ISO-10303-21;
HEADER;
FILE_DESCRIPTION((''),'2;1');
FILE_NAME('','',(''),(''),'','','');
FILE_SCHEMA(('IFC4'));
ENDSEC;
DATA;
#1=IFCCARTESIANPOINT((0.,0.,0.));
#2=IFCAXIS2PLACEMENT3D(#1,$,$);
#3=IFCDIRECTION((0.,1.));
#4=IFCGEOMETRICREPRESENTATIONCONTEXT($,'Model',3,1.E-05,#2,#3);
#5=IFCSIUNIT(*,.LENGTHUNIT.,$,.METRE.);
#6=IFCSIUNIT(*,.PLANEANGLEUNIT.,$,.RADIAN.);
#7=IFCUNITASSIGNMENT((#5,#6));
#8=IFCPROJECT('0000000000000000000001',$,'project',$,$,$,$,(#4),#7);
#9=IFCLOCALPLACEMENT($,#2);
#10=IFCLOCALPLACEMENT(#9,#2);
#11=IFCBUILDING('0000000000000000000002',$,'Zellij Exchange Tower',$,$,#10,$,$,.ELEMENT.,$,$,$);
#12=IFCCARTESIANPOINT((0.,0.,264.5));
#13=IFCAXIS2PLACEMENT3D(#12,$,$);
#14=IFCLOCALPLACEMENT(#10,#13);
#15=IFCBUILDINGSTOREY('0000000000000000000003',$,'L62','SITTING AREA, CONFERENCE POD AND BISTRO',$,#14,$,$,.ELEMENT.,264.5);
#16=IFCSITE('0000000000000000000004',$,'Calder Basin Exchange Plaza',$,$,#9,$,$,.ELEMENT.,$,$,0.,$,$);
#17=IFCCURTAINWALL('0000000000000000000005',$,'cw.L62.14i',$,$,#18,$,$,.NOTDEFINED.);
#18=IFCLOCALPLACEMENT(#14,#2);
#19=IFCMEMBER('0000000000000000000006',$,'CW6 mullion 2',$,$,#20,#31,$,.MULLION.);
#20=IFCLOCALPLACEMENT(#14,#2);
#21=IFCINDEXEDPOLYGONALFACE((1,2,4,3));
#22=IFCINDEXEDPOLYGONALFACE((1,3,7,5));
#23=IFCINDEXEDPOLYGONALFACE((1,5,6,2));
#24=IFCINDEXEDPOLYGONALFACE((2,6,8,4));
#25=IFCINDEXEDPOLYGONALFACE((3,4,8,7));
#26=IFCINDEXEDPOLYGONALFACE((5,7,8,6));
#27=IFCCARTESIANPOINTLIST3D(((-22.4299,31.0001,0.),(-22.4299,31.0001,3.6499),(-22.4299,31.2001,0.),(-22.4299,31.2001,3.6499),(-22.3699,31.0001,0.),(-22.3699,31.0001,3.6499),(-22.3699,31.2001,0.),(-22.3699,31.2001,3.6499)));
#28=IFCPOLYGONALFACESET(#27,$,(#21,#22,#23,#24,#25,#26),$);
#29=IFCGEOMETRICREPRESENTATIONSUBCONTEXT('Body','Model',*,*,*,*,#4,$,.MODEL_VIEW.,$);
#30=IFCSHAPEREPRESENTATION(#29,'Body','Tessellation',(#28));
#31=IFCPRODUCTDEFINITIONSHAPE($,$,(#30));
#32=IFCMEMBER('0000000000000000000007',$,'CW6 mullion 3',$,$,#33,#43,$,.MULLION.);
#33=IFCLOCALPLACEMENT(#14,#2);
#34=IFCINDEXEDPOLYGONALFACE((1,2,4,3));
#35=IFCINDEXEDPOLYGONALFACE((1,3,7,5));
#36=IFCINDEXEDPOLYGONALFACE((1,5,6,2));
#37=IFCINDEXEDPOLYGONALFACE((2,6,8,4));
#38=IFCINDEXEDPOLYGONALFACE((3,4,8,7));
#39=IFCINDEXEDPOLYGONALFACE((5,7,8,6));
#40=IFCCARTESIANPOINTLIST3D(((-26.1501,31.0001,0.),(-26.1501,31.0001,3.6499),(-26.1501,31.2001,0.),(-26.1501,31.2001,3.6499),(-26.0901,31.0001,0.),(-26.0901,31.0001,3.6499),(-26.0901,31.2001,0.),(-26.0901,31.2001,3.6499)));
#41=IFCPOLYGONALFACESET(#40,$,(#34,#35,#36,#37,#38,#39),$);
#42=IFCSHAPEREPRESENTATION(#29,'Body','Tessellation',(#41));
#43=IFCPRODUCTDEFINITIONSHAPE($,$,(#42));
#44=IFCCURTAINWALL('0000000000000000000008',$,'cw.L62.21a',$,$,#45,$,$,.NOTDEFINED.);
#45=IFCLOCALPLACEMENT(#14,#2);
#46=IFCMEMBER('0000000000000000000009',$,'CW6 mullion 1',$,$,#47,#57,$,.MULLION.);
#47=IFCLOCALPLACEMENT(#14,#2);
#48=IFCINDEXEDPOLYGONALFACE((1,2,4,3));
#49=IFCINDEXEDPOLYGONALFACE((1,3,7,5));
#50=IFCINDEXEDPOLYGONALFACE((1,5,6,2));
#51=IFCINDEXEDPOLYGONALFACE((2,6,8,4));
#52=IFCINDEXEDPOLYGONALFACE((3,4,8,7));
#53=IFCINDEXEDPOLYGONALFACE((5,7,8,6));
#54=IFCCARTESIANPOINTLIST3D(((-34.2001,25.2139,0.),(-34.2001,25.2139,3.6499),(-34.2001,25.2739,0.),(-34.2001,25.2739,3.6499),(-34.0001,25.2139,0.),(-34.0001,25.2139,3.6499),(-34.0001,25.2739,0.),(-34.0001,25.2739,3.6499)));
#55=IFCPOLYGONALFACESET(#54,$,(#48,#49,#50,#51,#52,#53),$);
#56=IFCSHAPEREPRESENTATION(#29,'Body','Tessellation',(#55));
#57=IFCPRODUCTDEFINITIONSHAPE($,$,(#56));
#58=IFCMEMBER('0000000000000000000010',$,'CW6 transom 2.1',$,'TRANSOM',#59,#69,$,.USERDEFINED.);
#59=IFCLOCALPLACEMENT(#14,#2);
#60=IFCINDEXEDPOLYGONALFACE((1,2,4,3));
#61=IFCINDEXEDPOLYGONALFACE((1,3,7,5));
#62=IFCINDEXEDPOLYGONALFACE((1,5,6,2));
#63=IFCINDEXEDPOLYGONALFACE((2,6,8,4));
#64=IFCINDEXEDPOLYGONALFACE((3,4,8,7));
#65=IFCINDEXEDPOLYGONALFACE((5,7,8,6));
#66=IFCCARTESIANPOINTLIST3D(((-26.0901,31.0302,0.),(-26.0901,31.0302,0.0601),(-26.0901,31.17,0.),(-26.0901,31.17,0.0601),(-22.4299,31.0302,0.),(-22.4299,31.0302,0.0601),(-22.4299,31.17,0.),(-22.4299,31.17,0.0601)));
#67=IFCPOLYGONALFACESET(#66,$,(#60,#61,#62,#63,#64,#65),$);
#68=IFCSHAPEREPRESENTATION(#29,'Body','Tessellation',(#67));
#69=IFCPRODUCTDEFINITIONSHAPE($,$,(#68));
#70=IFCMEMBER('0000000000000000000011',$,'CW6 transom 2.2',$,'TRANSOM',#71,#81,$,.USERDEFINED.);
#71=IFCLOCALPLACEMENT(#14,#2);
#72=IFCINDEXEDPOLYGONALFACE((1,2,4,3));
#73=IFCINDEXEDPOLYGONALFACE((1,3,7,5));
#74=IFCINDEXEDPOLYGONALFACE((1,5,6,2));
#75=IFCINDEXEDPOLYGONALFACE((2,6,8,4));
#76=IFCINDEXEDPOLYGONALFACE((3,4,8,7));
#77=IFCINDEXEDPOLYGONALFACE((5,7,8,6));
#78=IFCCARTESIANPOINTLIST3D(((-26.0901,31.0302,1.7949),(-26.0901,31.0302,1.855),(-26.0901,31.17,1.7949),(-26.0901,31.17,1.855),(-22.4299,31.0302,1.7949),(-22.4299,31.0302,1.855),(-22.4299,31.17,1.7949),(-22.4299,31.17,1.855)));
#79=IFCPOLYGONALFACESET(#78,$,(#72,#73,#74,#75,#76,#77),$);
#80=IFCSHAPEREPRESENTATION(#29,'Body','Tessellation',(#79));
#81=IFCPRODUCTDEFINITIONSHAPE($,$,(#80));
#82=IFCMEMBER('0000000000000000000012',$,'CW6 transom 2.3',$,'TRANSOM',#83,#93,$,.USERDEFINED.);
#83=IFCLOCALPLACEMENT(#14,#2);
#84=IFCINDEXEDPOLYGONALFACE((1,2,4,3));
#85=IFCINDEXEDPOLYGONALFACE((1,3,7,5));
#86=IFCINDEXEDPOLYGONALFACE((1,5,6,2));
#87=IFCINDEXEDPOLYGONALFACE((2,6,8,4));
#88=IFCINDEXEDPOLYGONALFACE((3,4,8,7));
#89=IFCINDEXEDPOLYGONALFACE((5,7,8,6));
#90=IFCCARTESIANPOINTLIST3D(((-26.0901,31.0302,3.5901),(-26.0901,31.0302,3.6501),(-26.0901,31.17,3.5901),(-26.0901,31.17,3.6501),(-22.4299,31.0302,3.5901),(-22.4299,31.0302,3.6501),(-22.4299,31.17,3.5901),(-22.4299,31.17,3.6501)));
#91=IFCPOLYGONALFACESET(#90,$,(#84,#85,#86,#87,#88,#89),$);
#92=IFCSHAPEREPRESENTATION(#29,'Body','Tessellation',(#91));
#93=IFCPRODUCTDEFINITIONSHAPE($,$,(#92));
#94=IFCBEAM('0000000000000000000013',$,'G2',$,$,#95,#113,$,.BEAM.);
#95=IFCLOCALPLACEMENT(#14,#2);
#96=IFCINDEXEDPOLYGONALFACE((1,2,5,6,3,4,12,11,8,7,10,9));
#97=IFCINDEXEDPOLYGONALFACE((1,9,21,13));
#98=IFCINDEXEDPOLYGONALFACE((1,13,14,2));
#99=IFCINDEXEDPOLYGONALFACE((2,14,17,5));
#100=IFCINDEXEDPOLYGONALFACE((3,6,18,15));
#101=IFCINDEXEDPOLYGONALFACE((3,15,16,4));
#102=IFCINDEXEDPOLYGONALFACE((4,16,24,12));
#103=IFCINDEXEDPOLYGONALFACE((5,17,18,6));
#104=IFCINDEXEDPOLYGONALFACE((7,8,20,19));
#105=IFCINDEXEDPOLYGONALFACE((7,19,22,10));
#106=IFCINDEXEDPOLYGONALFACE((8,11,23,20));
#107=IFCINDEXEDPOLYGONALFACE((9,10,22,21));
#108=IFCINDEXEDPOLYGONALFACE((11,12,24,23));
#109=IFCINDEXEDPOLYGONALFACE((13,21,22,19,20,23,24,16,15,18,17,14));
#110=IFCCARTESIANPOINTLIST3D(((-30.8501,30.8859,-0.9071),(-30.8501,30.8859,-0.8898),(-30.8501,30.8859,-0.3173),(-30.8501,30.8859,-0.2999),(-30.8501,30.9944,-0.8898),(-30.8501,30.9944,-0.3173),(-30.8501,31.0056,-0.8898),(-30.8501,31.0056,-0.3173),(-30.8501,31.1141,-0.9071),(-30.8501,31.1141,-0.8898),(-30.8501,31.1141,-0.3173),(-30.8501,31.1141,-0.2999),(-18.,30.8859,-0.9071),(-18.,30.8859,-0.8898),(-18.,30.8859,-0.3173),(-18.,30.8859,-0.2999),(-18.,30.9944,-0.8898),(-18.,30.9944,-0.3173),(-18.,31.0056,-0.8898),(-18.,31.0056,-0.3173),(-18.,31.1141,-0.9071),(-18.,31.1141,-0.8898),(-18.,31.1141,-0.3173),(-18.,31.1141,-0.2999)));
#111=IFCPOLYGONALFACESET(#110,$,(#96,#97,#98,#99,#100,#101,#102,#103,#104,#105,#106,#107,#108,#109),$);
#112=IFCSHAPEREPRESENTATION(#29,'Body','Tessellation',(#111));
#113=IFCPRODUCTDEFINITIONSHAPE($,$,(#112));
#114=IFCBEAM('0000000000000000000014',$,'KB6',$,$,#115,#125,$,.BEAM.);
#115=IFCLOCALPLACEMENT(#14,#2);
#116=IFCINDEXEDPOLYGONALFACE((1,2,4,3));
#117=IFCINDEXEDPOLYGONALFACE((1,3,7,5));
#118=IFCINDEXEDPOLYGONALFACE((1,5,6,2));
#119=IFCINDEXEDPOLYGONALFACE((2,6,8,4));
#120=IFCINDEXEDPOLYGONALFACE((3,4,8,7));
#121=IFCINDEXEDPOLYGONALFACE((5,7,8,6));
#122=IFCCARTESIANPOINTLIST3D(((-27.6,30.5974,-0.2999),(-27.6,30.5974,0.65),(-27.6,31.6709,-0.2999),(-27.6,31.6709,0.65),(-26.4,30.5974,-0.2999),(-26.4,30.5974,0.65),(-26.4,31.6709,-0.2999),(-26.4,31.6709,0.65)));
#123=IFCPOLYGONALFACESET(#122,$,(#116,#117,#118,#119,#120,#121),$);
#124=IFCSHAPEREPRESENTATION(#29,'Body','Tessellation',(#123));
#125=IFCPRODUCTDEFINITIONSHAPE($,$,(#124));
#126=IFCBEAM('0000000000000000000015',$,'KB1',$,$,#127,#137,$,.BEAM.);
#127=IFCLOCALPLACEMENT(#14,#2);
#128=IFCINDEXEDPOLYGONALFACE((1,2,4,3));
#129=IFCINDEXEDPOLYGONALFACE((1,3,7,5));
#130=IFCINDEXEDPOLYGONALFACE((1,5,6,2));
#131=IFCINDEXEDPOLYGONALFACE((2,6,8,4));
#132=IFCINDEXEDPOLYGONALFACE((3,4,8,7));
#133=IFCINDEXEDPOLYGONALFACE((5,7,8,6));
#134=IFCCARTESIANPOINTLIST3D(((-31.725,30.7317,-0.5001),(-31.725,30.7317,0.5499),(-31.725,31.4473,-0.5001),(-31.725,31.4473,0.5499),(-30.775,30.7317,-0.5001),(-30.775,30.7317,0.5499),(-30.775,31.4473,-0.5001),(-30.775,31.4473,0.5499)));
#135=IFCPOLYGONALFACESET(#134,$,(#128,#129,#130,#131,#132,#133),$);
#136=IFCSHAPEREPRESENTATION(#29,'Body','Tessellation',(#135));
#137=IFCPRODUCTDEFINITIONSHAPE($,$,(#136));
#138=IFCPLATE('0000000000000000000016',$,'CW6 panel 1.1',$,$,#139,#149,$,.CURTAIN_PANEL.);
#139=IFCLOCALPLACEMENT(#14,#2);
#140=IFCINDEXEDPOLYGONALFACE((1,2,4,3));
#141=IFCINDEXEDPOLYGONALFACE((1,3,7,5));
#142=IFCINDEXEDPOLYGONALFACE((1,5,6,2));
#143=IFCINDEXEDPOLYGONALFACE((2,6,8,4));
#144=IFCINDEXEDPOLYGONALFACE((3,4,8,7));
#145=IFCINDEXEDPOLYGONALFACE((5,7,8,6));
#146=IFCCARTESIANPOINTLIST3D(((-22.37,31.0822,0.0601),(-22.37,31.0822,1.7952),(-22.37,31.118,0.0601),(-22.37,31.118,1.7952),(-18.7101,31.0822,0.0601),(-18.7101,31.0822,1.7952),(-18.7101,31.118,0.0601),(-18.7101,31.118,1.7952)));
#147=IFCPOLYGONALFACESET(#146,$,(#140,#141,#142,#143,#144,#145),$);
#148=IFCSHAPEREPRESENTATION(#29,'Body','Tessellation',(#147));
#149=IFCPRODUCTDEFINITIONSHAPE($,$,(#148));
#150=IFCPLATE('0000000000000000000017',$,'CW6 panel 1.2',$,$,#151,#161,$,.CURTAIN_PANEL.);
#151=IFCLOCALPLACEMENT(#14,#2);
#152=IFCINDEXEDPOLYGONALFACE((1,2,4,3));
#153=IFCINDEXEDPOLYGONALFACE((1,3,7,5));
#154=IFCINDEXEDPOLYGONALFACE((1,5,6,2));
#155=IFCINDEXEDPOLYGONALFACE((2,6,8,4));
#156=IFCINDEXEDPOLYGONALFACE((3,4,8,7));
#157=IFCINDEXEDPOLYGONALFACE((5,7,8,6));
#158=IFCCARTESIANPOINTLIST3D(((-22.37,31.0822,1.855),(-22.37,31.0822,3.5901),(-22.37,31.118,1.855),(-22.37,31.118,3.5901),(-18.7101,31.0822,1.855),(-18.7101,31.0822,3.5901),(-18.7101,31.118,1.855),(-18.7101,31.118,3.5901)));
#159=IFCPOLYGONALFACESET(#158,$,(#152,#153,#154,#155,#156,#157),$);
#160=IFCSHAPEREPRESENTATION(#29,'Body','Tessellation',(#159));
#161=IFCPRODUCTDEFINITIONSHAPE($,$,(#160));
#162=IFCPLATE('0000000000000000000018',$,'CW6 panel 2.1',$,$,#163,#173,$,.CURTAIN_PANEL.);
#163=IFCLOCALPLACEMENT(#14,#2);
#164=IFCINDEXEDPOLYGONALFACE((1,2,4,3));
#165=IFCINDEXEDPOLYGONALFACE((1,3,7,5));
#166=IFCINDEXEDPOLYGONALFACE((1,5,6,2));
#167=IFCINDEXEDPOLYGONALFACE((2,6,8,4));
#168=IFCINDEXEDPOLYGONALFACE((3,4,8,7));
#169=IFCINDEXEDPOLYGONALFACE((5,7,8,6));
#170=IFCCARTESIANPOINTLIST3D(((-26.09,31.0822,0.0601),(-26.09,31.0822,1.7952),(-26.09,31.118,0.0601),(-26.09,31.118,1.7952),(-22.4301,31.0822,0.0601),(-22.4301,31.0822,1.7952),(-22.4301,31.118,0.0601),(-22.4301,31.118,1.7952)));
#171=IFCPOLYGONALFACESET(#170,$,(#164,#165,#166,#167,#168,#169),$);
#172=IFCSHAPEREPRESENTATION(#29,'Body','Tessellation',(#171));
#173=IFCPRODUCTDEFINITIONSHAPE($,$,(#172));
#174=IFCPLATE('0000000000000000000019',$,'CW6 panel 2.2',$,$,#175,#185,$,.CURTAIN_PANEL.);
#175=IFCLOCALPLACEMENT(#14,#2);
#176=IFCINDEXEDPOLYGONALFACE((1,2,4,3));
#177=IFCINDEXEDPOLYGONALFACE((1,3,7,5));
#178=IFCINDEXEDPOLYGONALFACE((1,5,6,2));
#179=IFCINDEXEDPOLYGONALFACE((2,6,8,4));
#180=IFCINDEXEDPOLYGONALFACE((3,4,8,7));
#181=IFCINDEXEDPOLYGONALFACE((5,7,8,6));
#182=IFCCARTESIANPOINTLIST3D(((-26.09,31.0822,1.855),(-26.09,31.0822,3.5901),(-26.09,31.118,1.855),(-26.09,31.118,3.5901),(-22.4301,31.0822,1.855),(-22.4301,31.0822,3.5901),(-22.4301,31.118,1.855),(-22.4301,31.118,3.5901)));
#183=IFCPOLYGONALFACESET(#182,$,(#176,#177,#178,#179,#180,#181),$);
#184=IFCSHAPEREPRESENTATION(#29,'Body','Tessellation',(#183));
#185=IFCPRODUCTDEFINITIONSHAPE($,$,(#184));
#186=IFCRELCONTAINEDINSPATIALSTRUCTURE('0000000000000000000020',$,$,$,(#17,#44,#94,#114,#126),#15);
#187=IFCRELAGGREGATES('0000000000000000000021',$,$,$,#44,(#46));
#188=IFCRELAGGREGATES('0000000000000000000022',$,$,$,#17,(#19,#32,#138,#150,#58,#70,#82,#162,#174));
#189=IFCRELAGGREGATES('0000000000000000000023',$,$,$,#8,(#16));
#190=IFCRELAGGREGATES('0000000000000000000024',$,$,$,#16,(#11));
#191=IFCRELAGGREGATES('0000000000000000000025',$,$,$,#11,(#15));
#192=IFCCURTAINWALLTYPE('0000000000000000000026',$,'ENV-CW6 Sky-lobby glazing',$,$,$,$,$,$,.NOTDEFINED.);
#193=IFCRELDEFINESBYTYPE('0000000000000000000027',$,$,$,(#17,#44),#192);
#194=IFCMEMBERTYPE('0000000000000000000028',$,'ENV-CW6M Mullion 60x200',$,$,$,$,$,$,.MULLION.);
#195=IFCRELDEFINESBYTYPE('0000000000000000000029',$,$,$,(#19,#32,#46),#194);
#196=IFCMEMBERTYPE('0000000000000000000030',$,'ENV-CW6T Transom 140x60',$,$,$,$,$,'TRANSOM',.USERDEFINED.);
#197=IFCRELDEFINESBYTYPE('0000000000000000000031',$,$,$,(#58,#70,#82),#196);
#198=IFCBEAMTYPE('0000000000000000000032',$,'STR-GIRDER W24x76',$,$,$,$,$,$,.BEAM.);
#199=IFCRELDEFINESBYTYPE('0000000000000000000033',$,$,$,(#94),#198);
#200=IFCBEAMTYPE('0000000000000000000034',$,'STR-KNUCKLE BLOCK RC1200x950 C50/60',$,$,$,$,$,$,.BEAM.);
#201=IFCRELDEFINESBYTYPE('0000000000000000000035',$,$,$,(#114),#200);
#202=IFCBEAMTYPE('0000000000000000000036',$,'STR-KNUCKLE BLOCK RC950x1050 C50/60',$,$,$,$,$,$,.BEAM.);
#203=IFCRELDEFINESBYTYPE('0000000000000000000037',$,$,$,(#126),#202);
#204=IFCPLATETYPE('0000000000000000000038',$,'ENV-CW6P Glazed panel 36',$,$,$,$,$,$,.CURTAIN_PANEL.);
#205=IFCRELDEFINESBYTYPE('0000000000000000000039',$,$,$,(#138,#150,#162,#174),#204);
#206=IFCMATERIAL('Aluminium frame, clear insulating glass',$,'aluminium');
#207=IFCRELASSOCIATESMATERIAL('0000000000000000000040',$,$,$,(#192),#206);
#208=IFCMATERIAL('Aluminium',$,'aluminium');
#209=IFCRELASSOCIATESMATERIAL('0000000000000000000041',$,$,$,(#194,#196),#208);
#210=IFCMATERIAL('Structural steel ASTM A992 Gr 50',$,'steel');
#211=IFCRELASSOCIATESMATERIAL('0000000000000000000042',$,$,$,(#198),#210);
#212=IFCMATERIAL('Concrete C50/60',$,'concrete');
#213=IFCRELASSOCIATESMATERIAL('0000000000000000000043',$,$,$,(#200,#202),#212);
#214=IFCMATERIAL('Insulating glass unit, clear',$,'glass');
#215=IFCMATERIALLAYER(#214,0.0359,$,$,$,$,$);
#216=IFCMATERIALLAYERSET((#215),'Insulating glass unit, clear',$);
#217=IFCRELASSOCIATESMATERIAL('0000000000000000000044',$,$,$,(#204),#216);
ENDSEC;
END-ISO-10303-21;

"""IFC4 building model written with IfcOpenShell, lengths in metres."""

from ifc_helpers import new_model, si_unit, direction, frame, origin, origin_2d, place, context, subcontext, project, spatial, rectangle, i_section, extrude, material, layer, layer_set, material_profile, profile_set, type_object, element, aggregate, save


model = new_model("IFC4")

# Units and contexts
model_context = context("Model", 3, precision=1e-05, world=origin(), true_north=direction((0.0, 1.0)))
body_context = subcontext(model_context, "Body", "Model", "MODEL_VIEW")
ifc_project = project(units=[si_unit("LENGTHUNIT", "METRE"), si_unit("PLANEANGLEUNIT", "RADIAN")], contexts=[model_context])

# Site, building, storey
site_placement = place(None, origin())
site = spatial("IfcSite", under=ifc_project, at=site_placement, Name="Calder Basin Exchange Plaza", CompositionType="ELEMENT", RefElevation=0.0)
building_placement = place(site_placement, origin())
building = spatial("IfcBuilding", under=site, at=building_placement, Name="Zellij Exchange Tower", CompositionType="ELEMENT")
storey_placement = place(building_placement, frame((0.0, 0.0, 264.5)))
storey = spatial("IfcBuildingStorey", under=building, at=storey_placement, Name="L62", Description="SITTING AREA, CONFERENCE POD AND BISTRO", CompositionType="ELEMENT", Elevation=264.5)

# Shared definitions
ifc_material_1 = material(Name="Concrete C50/60", Category="concrete")

# Curtain wall, members
ifc_material_2 = material(Name="Aluminium frame, clear insulating glass", Category="aluminium")
curtain_wall_type = type_object("IfcCurtainWallType", Name="ENV-CW6 Sky-lobby glazing", PredefinedType="NOTDEFINED", material=ifc_material_2)
curtain_wall_1_placement = place(storey_placement, origin())
curtain_wall_1 = element("IfcCurtainWall", 1, at=curtain_wall_1_placement, inside=storey, type_object=curtain_wall_type, Name="cw.L62.14i", PredefinedType="NOTDEFINED")
ifc_material_3 = material(Name="Aluminium", Category="aluminium")
ifc_material_profile_1 = material_profile(ifc_material_3, rectangle(XDim=0.0601, YDim=0.2, at=origin_2d()), Name="AL 60x200")
ifc_profile_set_1 = profile_set([ifc_material_profile_1], Name="Aluminium")
member_type_1 = type_object("IfcMemberType", Name="ENV-CW6M Mullion 60x200", PredefinedType="MULLION", material=ifc_profile_set_1)
member_1_placement = place(storey_placement, frame((-22.3999, 31.1001, 0.0), z_axis=(0.0, 0.0, 1.0), x_axis=(-1.0, 0.0, 0.0)))
member_1 = element("IfcMember", 2, at=member_1_placement, type_object=member_type_1, Name="CW6 mullion 2", PredefinedType="MULLION", context=body_context, shape_type="SweptSolid", body=[
    extrude(rectangle(XDim=0.0601, YDim=0.2, at=origin_2d()), origin(), (0.0, 0.0, 1.0), 3.6499),
])
member_2_placement = place(storey_placement, frame((-26.1201, 31.1001, 0.0), z_axis=(0.0, 0.0, 1.0), x_axis=(-1.0, 0.0, 0.0)))
member_2 = element("IfcMember", 3, at=member_2_placement, type_object=member_type_1, Name="CW6 mullion 3", PredefinedType="MULLION", context=body_context, shape_type="SweptSolid", body=[
    extrude(rectangle(XDim=0.0601, YDim=0.2, at=origin_2d()), origin(), (0.0, 0.0, 1.0), 3.6499),
])

# Curtain wall, member
curtain_wall_2_placement = place(storey_placement, origin())
curtain_wall_2 = element("IfcCurtainWall", 4, at=curtain_wall_2_placement, inside=storey, type_object=curtain_wall_type, Name="cw.L62.21a", PredefinedType="NOTDEFINED")
member_3_placement = place(storey_placement, frame((-34.1001, 25.2439, 0.0), z_axis=(0.0, 0.0, 1.0), x_axis=(0.0, -1.0, 0.0)))
member_3 = element("IfcMember", 5, at=member_3_placement, type_object=member_type_1, Name="CW6 mullion 1", PredefinedType="MULLION", context=body_context, shape_type="SweptSolid", body=[
    extrude(rectangle(XDim=0.0601, YDim=0.2, at=origin_2d()), origin(), (0.0, 0.0, 1.0), 3.6499),
])
aggregate(curtain_wall_2, [member_3])

# Members
ifc_material_profile_2 = material_profile(ifc_material_3, rectangle(XDim=0.1399, YDim=0.0601, at=origin_2d()), Name="AL 140x60")
ifc_profile_set_2 = profile_set([ifc_material_profile_2], Name="Aluminium")
member_type_2 = type_object("IfcMemberType", Name="ENV-CW6T Transom 140x60", ElementType="TRANSOM", PredefinedType="USERDEFINED", material=ifc_profile_set_2)
member_4_placement = place(storey_placement, frame((-22.4299, 31.1001, 0.03), z_axis=(-1.0, 0.0, 0.0), x_axis=(0.0, -1.0, 0.0)))
member_4 = element("IfcMember", 6, at=member_4_placement, type_object=member_type_2, Name="CW6 transom 2.1", ObjectType="TRANSOM", PredefinedType="USERDEFINED", context=body_context, shape_type="SweptSolid", body=[
    extrude(rectangle(XDim=0.1399, YDim=0.0601, at=origin_2d()), origin(), (0.0, 0.0, 1.0), 3.6602),
])
member_5_placement = place(storey_placement, frame((-22.4299, 31.1001, 1.825), z_axis=(-1.0, 0.0, 0.0), x_axis=(0.0, -1.0, 0.0)))
member_5 = element("IfcMember", 7, at=member_5_placement, type_object=member_type_2, Name="CW6 transom 2.2", ObjectType="TRANSOM", PredefinedType="USERDEFINED", context=body_context, shape_type="SweptSolid", body=[
    extrude(rectangle(XDim=0.1399, YDim=0.0601, at=origin_2d()), origin(), (0.0, 0.0, 1.0), 3.6602),
])
member_6_placement = place(storey_placement, frame((-22.4299, 31.1001, 3.6201), z_axis=(-1.0, 0.0, 0.0), x_axis=(0.0, -1.0, 0.0)))
member_6 = element("IfcMember", 8, at=member_6_placement, type_object=member_type_2, Name="CW6 transom 2.3", ObjectType="TRANSOM", PredefinedType="USERDEFINED", context=body_context, shape_type="SweptSolid", body=[
    extrude(rectangle(XDim=0.1399, YDim=0.0601, at=origin_2d()), origin(), (0.0, 0.0, 1.0), 3.6602),
])

# Beams
ifc_material_4 = material(Name="Structural steel ASTM A992 Gr 50", Category="steel")
ifc_material_profile_3 = material_profile(ifc_material_4, i_section(OverallWidth=0.2283, OverallDepth=0.6072, WebThickness=0.0112, FlangeThickness=0.0173, at=origin_2d()), Name="W24x76")
ifc_profile_set_3 = profile_set([ifc_material_profile_3], Name="Structural steel ASTM A992 Gr 50")
beam_type_1 = type_object("IfcBeamType", Name="STR-GIRDER W24x76", PredefinedType="BEAM", material=ifc_profile_set_3)
beam_1_placement = place(storey_placement, frame((-30.8501, 31.0, -0.6035), z_axis=(1.0, 0.0, 0.0), x_axis=(0.0, 1.0, 0.0)))
element("IfcBeam", 9, at=beam_1_placement, inside=storey, type_object=beam_type_1, Name="G2", PredefinedType="BEAM", context=body_context, shape_type="SweptSolid", body=[
    extrude(i_section(OverallWidth=0.2283, OverallDepth=0.6072, WebThickness=0.0112, FlangeThickness=0.0173, at=origin_2d()), origin(), (0.0, 0.0, 1.0), 12.8501),
])
ifc_material_profile_4 = material_profile(ifc_material_1, rectangle(XDim=1.2, YDim=0.95, at=origin_2d()), Name="STR-KNUCKLE BLOCK RC1200x950 C50/60")
ifc_profile_set_4 = profile_set([ifc_material_profile_4], Name="Concrete C50/60")
beam_type_2 = type_object("IfcBeamType", Name="STR-KNUCKLE BLOCK RC1200x950 C50/60", PredefinedType="BEAM", material=ifc_profile_set_4)
beam_2_placement = place(storey_placement, frame((-27.0, 30.5974, 0.175), z_axis=(0.0, 1.0, 0.0), x_axis=(-1.0, 0.0, 0.0)))
element("IfcBeam", 10, at=beam_2_placement, inside=storey, type_object=beam_type_2, Name="KB6", PredefinedType="BEAM", context=body_context, shape_type="SweptSolid", body=[
    extrude(rectangle(XDim=1.2, YDim=0.95, at=origin_2d()), origin(), (0.0, 0.0, 1.0), 1.0735),
])
ifc_material_profile_5 = material_profile(ifc_material_1, rectangle(XDim=0.95, YDim=1.05, at=origin_2d()), Name="STR-KNUCKLE BLOCK RC950x1050 C50/60")
ifc_profile_set_5 = profile_set([ifc_material_profile_5], Name="Concrete C50/60")
beam_type_3 = type_object("IfcBeamType", Name="STR-KNUCKLE BLOCK RC950x1050 C50/60", PredefinedType="BEAM", material=ifc_profile_set_5)
beam_3_placement = place(storey_placement, frame((-31.25, 30.7317, 0.0249), z_axis=(0.0, 1.0, 0.0), x_axis=(-1.0, 0.0, 0.0)))
element("IfcBeam", 11, at=beam_3_placement, inside=storey, type_object=beam_type_3, Name="KB1", PredefinedType="BEAM", context=body_context, shape_type="SweptSolid", body=[
    extrude(rectangle(XDim=0.95, YDim=1.05, at=origin_2d()), origin(), (0.0, 0.0, 1.0), 0.7156),
])

# Plates
ifc_material_5 = material(Name="Insulating glass unit, clear", Category="glass")
ifc_layer_1 = layer(ifc_material_5, 0.0359)
ifc_layer_set_1 = layer_set([ifc_layer_1], Name="Insulating glass unit, clear")
plate_type = type_object("IfcPlateType", Name="ENV-CW6P Glazed panel 36", PredefinedType="CURTAIN_PANEL", material=ifc_layer_set_1)
plate_1_placement = place(storey_placement, frame((-20.54, 31.1001, 0.0601), z_axis=(0.0, 0.0, 1.0), x_axis=(-1.0, 0.0, 0.0)))
plate_1 = element("IfcPlate", 12, at=plate_1_placement, type_object=plate_type, Name="CW6 panel 1.1", PredefinedType="CURTAIN_PANEL", context=body_context, shape_type="SweptSolid", body=[
    extrude(rectangle(XDim=3.6599, YDim=0.0359, at=origin_2d()), origin(), (0.0, 0.0, 1.0), 1.7351),
])
plate_2_placement = place(storey_placement, frame((-20.54, 31.1001, 1.855), z_axis=(0.0, 0.0, 1.0), x_axis=(-1.0, 0.0, 0.0)))
plate_2 = element("IfcPlate", 13, at=plate_2_placement, type_object=plate_type, Name="CW6 panel 1.2", PredefinedType="CURTAIN_PANEL", context=body_context, shape_type="SweptSolid", body=[
    extrude(rectangle(XDim=3.6599, YDim=0.0359, at=origin_2d()), origin(), (0.0, 0.0, 1.0), 1.7351),
])
plate_3_placement = place(storey_placement, frame((-24.26, 31.1001, 0.0601), z_axis=(0.0, 0.0, 1.0), x_axis=(-1.0, 0.0, 0.0)))
plate_3 = element("IfcPlate", 14, at=plate_3_placement, type_object=plate_type, Name="CW6 panel 2.1", PredefinedType="CURTAIN_PANEL", context=body_context, shape_type="SweptSolid", body=[
    extrude(rectangle(XDim=3.6599, YDim=0.0359, at=origin_2d()), origin(), (0.0, 0.0, 1.0), 1.7351),
])
plate_4_placement = place(storey_placement, frame((-24.26, 31.1001, 1.855), z_axis=(0.0, 0.0, 1.0), x_axis=(-1.0, 0.0, 0.0)))
plate_4 = element("IfcPlate", 15, at=plate_4_placement, type_object=plate_type, Name="CW6 panel 2.2", PredefinedType="CURTAIN_PANEL", context=body_context, shape_type="SweptSolid", body=[
    extrude(rectangle(XDim=3.6599, YDim=0.0359, at=origin_2d()), origin(), (0.0, 0.0, 1.0), 1.7351),
])
aggregate(curtain_wall_1, [member_1, member_2, plate_1, plate_2, member_4, member_5, member_6, plate_3, plate_4])

save(model, "model.ifc")
